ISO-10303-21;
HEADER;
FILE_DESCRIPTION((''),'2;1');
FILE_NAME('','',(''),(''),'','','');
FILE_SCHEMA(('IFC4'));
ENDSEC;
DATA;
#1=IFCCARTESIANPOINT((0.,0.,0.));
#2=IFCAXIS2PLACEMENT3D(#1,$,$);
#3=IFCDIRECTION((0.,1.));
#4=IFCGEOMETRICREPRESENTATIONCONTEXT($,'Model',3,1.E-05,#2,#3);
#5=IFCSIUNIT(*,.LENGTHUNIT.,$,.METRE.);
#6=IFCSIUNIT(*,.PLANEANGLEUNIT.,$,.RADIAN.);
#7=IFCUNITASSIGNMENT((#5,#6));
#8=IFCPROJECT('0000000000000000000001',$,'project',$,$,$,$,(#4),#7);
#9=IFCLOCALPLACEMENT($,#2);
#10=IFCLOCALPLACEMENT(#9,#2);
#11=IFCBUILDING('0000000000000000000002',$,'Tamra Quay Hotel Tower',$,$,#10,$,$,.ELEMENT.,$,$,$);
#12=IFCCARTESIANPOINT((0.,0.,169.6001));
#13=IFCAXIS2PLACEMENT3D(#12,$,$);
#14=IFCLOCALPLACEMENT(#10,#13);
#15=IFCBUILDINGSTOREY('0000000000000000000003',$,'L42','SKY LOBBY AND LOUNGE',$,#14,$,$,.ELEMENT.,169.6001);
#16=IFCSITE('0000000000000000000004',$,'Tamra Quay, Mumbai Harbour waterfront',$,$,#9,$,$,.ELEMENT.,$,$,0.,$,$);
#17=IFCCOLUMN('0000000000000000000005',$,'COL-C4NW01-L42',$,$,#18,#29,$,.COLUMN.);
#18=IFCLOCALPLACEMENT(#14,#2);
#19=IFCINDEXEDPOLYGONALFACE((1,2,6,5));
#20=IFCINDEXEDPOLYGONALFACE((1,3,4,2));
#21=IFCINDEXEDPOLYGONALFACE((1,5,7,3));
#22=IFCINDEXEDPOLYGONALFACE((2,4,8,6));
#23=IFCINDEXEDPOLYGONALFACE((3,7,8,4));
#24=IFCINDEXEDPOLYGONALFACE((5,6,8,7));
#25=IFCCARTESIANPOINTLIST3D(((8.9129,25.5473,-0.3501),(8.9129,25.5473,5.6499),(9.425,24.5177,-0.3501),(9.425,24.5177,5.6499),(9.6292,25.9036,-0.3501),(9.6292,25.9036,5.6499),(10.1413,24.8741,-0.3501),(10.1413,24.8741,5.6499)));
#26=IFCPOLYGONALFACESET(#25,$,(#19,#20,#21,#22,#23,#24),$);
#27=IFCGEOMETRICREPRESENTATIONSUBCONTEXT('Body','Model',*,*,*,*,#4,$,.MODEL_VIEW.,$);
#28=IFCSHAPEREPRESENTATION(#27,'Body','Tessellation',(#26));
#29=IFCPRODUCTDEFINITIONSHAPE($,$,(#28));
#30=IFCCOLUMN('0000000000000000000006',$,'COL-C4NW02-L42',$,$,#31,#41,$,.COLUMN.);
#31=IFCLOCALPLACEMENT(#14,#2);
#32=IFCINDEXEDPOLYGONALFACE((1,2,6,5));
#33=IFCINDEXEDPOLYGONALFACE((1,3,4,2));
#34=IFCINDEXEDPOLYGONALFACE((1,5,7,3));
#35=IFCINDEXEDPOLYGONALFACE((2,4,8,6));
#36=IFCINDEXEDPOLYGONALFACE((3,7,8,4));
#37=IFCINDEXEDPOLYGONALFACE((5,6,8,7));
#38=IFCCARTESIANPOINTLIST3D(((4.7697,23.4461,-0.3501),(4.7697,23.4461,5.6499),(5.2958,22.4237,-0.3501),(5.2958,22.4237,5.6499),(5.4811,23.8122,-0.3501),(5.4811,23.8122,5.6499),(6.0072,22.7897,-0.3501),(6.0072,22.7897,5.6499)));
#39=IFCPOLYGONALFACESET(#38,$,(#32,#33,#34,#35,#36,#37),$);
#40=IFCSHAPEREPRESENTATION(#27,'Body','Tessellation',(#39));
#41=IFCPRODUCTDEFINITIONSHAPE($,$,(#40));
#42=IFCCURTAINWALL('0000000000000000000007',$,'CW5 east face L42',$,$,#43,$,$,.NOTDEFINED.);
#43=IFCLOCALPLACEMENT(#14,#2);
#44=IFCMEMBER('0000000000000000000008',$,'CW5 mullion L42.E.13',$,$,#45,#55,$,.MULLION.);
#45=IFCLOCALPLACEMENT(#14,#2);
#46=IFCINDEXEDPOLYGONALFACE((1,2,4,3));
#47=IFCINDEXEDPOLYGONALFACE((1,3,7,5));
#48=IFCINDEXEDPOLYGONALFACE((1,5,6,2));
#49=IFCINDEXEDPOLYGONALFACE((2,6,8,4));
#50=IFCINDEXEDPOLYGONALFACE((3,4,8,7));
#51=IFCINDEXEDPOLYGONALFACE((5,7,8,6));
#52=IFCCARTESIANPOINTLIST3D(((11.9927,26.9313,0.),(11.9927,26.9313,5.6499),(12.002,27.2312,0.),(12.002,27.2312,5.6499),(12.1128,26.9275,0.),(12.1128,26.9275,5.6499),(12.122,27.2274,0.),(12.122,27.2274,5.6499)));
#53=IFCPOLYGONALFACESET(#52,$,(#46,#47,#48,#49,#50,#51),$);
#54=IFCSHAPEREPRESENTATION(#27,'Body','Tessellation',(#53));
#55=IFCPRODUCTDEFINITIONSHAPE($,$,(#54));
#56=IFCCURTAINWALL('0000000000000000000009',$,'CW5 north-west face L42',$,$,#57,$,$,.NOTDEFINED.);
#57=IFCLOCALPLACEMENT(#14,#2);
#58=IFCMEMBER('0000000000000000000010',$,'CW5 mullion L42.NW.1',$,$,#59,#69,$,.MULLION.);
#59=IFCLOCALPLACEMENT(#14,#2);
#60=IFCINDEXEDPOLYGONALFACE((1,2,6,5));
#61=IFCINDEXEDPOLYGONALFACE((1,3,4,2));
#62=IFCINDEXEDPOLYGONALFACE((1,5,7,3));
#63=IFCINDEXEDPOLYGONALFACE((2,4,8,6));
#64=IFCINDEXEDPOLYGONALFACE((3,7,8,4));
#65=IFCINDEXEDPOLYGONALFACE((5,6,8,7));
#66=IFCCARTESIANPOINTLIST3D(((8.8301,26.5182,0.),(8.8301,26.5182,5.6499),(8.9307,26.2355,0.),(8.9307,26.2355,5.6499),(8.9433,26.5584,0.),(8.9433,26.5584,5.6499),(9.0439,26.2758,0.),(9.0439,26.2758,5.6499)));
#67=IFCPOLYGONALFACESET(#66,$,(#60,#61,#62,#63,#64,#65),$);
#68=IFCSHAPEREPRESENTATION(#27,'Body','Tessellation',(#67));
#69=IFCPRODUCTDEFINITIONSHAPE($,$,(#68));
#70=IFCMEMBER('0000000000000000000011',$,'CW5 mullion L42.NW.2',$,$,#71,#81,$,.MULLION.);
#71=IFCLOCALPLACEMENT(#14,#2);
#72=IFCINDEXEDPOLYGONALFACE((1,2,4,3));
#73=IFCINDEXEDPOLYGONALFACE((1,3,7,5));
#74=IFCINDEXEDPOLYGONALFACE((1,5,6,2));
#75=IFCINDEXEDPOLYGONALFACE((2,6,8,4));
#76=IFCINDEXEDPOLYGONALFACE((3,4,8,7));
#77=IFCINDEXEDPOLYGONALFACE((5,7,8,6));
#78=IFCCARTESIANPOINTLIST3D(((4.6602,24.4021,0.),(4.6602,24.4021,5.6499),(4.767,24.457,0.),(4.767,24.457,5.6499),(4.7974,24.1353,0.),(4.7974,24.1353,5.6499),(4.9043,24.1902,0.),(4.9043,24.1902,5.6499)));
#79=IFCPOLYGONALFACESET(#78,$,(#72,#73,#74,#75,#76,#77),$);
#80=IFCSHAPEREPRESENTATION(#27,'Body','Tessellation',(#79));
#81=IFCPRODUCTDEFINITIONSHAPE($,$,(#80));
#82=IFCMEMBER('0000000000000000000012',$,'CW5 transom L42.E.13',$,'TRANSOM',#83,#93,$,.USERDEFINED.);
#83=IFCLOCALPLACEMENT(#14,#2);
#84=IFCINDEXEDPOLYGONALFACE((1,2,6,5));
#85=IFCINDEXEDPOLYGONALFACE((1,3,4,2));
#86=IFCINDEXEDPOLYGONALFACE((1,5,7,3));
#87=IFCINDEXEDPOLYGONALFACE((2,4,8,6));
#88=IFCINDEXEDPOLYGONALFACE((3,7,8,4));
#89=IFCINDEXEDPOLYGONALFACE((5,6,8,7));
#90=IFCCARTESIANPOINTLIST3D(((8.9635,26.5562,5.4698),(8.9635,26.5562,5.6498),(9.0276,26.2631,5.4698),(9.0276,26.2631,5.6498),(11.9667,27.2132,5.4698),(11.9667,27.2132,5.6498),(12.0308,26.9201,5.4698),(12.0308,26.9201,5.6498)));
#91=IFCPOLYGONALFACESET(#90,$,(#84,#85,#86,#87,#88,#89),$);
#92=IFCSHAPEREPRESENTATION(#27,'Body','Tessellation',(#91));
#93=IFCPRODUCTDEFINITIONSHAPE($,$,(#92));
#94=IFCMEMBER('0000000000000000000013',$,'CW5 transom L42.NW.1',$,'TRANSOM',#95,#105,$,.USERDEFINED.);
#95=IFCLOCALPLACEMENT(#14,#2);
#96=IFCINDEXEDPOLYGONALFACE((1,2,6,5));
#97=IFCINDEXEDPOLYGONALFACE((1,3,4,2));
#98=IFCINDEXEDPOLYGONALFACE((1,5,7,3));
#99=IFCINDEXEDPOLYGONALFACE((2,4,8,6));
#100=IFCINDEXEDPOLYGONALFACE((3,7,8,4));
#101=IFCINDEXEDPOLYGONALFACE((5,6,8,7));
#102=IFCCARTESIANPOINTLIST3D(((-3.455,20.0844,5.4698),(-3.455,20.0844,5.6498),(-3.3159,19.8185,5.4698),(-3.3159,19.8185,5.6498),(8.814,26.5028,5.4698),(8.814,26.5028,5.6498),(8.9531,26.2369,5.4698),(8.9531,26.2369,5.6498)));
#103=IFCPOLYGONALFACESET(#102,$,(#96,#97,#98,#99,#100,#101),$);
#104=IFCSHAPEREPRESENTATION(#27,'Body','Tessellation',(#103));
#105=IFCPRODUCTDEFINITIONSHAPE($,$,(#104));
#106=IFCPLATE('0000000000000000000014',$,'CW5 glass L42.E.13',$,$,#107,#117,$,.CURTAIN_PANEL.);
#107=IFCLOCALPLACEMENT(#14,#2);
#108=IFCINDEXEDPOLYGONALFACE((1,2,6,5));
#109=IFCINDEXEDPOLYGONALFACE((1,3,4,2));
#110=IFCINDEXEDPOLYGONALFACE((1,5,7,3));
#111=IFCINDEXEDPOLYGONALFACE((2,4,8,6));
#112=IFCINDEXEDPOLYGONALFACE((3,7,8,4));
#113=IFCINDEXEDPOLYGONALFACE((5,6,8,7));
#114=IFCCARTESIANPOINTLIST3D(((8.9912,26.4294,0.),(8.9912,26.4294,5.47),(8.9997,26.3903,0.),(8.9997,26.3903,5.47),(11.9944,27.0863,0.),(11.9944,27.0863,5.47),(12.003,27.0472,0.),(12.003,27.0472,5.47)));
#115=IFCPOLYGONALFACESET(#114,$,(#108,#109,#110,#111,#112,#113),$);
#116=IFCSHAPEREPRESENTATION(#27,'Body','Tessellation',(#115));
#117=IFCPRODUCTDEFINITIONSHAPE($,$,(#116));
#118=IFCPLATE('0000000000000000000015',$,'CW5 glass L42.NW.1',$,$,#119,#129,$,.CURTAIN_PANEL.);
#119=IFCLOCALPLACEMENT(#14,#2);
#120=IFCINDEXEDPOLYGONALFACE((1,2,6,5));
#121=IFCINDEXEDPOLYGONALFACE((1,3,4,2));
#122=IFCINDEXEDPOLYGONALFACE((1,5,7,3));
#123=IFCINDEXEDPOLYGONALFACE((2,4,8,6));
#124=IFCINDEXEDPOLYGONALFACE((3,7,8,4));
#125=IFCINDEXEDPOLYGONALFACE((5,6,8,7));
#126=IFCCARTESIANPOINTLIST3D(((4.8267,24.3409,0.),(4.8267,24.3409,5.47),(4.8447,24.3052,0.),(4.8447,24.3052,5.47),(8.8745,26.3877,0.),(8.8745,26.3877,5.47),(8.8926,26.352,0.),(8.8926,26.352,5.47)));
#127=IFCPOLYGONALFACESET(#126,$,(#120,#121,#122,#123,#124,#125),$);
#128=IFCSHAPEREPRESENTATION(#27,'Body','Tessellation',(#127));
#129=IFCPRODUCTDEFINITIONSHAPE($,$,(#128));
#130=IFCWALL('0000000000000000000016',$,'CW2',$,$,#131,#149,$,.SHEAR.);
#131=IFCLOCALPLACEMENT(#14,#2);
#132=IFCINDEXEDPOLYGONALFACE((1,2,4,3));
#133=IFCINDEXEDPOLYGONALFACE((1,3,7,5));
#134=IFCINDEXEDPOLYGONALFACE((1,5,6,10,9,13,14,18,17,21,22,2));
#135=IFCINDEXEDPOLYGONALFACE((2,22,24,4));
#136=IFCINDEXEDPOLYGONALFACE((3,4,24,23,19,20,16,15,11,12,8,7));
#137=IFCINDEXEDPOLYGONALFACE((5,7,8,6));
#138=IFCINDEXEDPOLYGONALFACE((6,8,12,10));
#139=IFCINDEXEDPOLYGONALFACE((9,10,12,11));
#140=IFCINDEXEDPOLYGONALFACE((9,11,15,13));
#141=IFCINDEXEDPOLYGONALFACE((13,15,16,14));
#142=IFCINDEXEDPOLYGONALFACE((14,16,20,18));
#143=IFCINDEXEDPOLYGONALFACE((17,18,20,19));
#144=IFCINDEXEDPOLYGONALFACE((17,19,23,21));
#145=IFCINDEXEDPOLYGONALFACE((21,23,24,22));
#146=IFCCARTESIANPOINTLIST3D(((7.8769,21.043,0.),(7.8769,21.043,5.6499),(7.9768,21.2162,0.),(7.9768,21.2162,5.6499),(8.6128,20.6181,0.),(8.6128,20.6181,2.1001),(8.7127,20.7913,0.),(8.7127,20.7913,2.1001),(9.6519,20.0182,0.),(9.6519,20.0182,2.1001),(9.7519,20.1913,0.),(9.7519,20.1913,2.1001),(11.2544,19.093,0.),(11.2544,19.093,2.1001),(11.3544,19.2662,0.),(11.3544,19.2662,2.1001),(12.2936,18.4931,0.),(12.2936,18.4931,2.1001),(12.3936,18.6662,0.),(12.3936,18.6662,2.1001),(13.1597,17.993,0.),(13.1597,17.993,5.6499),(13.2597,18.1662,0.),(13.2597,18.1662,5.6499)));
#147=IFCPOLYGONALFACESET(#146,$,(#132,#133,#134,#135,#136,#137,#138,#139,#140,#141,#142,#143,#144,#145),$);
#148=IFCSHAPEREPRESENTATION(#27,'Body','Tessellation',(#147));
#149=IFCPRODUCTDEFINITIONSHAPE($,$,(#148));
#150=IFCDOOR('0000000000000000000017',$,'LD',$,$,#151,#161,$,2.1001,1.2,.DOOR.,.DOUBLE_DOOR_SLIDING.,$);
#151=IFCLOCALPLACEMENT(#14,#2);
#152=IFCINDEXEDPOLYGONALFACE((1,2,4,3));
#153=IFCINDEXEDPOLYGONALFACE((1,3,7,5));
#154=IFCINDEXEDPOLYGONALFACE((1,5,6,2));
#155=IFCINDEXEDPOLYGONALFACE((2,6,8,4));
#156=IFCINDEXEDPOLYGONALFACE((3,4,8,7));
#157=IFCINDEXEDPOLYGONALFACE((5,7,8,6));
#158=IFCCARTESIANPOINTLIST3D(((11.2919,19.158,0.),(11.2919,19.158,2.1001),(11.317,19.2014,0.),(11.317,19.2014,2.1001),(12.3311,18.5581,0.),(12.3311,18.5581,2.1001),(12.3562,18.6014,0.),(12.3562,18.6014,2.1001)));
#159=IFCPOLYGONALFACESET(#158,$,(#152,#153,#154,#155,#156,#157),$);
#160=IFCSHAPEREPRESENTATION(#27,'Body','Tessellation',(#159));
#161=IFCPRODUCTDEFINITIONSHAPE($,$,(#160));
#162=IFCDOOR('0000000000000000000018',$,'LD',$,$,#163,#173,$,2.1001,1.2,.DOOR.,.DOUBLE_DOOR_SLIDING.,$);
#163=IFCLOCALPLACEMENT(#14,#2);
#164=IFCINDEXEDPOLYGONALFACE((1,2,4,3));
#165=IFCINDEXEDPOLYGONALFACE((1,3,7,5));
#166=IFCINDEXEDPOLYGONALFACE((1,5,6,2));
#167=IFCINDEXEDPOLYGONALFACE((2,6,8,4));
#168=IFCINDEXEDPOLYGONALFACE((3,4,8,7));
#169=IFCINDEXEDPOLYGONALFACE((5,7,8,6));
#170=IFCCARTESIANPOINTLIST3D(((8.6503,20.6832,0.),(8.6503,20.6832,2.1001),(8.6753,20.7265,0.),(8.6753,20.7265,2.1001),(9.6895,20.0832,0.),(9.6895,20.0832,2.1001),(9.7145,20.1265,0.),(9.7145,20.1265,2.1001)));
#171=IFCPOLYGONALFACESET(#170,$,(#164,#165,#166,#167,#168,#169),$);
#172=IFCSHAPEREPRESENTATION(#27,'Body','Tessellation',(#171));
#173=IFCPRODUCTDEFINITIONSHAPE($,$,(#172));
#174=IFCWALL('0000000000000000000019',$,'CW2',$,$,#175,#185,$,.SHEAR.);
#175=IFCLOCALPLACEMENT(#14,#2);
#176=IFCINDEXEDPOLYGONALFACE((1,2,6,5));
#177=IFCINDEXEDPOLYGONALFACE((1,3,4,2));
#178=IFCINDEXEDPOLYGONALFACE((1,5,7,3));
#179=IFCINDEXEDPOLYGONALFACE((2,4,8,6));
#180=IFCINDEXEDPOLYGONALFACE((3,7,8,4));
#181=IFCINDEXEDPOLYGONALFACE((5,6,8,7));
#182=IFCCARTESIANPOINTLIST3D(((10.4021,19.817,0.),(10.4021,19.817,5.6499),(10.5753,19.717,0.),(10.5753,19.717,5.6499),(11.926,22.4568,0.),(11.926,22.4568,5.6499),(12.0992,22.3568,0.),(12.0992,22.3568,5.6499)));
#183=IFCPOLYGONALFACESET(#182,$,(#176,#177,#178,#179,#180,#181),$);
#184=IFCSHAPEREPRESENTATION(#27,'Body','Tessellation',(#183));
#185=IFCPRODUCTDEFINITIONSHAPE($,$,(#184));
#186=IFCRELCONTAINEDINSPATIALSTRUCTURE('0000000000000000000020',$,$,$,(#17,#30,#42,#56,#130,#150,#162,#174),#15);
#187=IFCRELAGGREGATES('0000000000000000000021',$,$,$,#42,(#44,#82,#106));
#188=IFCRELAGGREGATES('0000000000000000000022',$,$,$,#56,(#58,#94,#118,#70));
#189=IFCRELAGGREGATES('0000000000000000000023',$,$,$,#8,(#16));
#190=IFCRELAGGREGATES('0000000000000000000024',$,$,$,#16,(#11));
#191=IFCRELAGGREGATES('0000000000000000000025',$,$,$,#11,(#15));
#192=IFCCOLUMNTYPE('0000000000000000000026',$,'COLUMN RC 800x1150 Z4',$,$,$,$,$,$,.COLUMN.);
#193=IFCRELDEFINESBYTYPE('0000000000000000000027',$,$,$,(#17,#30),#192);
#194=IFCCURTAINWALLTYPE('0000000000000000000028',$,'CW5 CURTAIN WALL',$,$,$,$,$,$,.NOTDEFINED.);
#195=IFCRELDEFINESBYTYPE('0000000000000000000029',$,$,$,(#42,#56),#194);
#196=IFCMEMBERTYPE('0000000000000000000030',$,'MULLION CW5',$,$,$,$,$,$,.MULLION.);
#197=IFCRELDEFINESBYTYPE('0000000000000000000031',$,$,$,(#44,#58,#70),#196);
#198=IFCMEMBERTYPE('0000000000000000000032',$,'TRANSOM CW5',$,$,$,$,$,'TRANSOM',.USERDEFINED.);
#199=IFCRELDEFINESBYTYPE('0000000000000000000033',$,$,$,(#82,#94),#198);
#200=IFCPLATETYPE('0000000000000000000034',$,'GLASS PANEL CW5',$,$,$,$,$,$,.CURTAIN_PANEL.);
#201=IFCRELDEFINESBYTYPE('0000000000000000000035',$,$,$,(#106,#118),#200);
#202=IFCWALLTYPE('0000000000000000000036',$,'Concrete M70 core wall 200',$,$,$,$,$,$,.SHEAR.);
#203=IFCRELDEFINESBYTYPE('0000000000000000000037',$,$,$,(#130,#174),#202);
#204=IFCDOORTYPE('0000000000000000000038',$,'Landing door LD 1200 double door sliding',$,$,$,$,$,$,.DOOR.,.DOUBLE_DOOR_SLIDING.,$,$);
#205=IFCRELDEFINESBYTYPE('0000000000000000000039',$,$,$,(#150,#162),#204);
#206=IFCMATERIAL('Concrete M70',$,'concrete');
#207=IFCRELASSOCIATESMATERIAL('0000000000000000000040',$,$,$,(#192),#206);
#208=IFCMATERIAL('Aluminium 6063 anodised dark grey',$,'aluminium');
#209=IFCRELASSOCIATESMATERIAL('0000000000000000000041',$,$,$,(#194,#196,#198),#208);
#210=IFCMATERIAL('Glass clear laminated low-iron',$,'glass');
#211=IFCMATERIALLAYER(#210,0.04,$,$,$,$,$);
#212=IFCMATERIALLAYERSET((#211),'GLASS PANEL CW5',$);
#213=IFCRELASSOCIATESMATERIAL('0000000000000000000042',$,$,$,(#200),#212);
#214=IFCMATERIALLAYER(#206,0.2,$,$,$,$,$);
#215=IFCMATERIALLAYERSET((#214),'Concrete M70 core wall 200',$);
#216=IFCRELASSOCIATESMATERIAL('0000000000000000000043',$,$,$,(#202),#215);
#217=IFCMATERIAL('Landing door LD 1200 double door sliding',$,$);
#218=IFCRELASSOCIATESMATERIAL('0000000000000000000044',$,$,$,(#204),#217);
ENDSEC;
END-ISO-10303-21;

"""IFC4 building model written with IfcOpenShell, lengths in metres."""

from ifc_helpers import new_model, si_unit, direction, frame, frame_2d, origin, origin_2d, place, context, subcontext, project, spatial, rectangle, extrude, material, layer, layer_set, material_profile, profile_set, type_object, element, fill, aggregate, save


model = new_model("IFC4")

# Units and contexts
model_context = context("Model", 3, precision=1e-05, world=origin(), true_north=direction((0.0, 1.0)))
body_context = subcontext(model_context, "Body", "Model", "MODEL_VIEW")
ifc_project = project(units=[si_unit("LENGTHUNIT", "METRE"), si_unit("PLANEANGLEUNIT", "RADIAN")], contexts=[model_context])

# Site, building, storey
site_placement = place(None, origin())
site = spatial("IfcSite", under=ifc_project, at=site_placement, Name="Tamra Quay, Mumbai Harbour waterfront", CompositionType="ELEMENT", RefElevation=0.0)
building_placement = place(site_placement, origin())
building = spatial("IfcBuilding", under=site, at=building_placement, Name="Tamra Quay Hotel Tower", CompositionType="ELEMENT")
storey_placement = place(building_placement, frame((0.0, 0.0, 169.6001)))
storey = spatial("IfcBuildingStorey", under=building, at=storey_placement, Name="L42", Description="SKY LOBBY AND LOUNGE", CompositionType="ELEMENT", Elevation=169.6001)

# Columns
ifc_material_1 = material(Name="Concrete M70", Category="concrete")
ifc_material_profile_1 = material_profile(ifc_material_1, rectangle(XDim=1.1499, YDim=0.8, at=origin_2d()), Name="COLUMN RC 800x1150 Z4")
ifc_profile_set_1 = profile_set([ifc_material_profile_1], Name="Concrete M70")
column_type = type_object("IfcColumnType", Name="COLUMN RC 800x1150 Z4", PredefinedType="COLUMN", material=ifc_profile_set_1)
for number, where, z_axis, x_axis, name in (
    (1, (9.5271, 25.2107, -0.3501), (0.0, 0.0, 1.0), (-0.445415, 0.895324, 0.0), "COL-C4NW01-L42"),
    (2, (5.3884, 23.1179, -0.3501), (0.0, 0.0, 1.0), (-0.457548, 0.889185, 0.0), "COL-C4NW02-L42"),
):
    element("IfcColumn", number, at=place(storey_placement, frame(where, z_axis=z_axis, x_axis=x_axis)), inside=storey, type_object=column_type, Name=name, PredefinedType="COLUMN", context=body_context, shape_type="SweptSolid", body=[
        extrude(rectangle(XDim=1.1499, YDim=0.8, at=origin_2d()), origin(), (0.0, 0.0, 1.0), 6.0),
    ])

# Curtain wall, member
ifc_material_2 = material(Name="Aluminium 6063 anodised dark grey", Category="aluminium")
curtain_wall_type = type_object("IfcCurtainWallType", Name="CW5 CURTAIN WALL", PredefinedType="NOTDEFINED", material=ifc_material_2)
curtain_wall_1_placement = place(storey_placement, origin())
curtain_wall_1 = element("IfcCurtainWall", 3, at=curtain_wall_1_placement, inside=storey, type_object=curtain_wall_type, Name="CW5 east face L42", PredefinedType="NOTDEFINED")
ifc_material_profile_2 = material_profile(ifc_material_2, rectangle(XDim=0.3, YDim=0.1201, at=origin_2d()), Name="MULLION 120X300")
ifc_profile_set_2 = profile_set([ifc_material_profile_2], Name="Aluminium 6063 anodised dark grey")
member_type_1 = type_object("IfcMemberType", Name="MULLION CW5", PredefinedType="MULLION", material=ifc_profile_set_2)
member_1_placement = place(storey_placement, frame((12.0574, 27.0793, 0.0), z_axis=(0.0, 0.0, 1.0), x_axis=(0.030975, 0.99952, 0.0)))
member_1 = element("IfcMember", 4, at=member_1_placement, type_object=member_type_1, Name="CW5 mullion L42.E.13", PredefinedType="MULLION", context=body_context, shape_type="SweptSolid", body=[
    extrude(rectangle(XDim=0.3, YDim=0.1201, at=origin_2d()), origin(), (0.0, 0.0, 1.0), 5.6499),
])

# Curtain wall, members
curtain_wall_2_placement = place(storey_placement, origin())
curtain_wall_2 = element("IfcCurtainWall", 5, at=curtain_wall_2_placement, inside=storey, type_object=curtain_wall_type, Name="CW5 north-west face L42", PredefinedType="NOTDEFINED")
member_2_placement = place(storey_placement, frame((8.937, 26.397, 0.0), z_axis=(0.0, 0.0, 1.0), x_axis=(-0.335128, 0.942173, 0.0)))
member_2 = element("IfcMember", 6, at=member_2_placement, type_object=member_type_1, Name="CW5 mullion L42.NW.1", PredefinedType="MULLION", context=body_context, shape_type="SweptSolid", body=[
    extrude(rectangle(XDim=0.3, YDim=0.1201, at=origin_2d()), origin(), (0.0, 0.0, 1.0), 5.6499),
])
member_3_placement = place(storey_placement, frame((4.7822, 24.2961, 0.0), z_axis=(0.0, 0.0, 1.0), x_axis=(-0.457401, 0.889261, 0.0)))
member_3 = element("IfcMember", 7, at=member_3_placement, type_object=member_type_1, Name="CW5 mullion L42.NW.2", PredefinedType="MULLION", context=body_context, shape_type="SweptSolid", body=[
    extrude(rectangle(XDim=0.3, YDim=0.1201, at=origin_2d()), origin(), (0.0, 0.0, 1.0), 5.6499),
])

# Members
ifc_material_profile_3 = material_profile(ifc_material_2, rectangle(XDim=0.3, YDim=0.1799, at=origin_2d()), Name="TRANSOM 300X180")
ifc_profile_set_3 = profile_set([ifc_material_profile_3], Name="Aluminium 6063 anodised dark grey")
member_type_2 = type_object("IfcMemberType", Name="TRANSOM CW5", ElementType="TRANSOM", PredefinedType="USERDEFINED", material=ifc_profile_set_3)
member_4_placement = place(storey_placement, frame((11.9988, 27.0667, 5.5598), z_axis=(-0.976897, -0.213709, 0.0), x_axis=(0.213709, -0.976897, 0.0)))
member_4 = element("IfcMember", 8, at=member_4_placement, type_object=member_type_2, Name="CW5 transom L42.E.13", ObjectType="TRANSOM", PredefinedType="USERDEFINED", context=body_context, shape_type="SweptSolid", body=[
    extrude(rectangle(XDim=0.3, YDim=0.1799, at=origin_2d()), origin(), (0.0, 0.0, 1.0), 3.0742),
])
member_5_placement = place(storey_placement, frame((8.8835, 26.3699, 5.5598), z_axis=(-0.886074, -0.463543, 0.0), x_axis=(0.463543, -0.886074, 0.0)))
member_5 = element("IfcMember", 9, at=member_5_placement, type_object=member_type_2, Name="CW5 transom L42.NW.1", ObjectType="TRANSOM", PredefinedType="USERDEFINED", context=body_context, shape_type="SweptSolid", body=[
    extrude(rectangle(XDim=0.3, YDim=0.1799, at=origin_2d()), origin(), (0.0, 0.0, 1.0), 13.8464),
])

# Plates
ifc_material_3 = material(Name="Glass clear laminated low-iron", Category="glass")
ifc_layer_1 = layer(ifc_material_3, 0.04)
ifc_layer_set_1 = layer_set([ifc_layer_1], Name="GLASS PANEL CW5")
plate_type = type_object("IfcPlateType", Name="GLASS PANEL CW5", PredefinedType="CURTAIN_PANEL", material=ifc_layer_set_1)
plate_1_placement = place(storey_placement, frame((10.4971, 26.7383, 0.0), z_axis=(0.0, 0.0, 1.0), x_axis=(-0.976906, -0.213669, 0.0)))
plate_1 = element("IfcPlate", 10, at=plate_1_placement, type_object=plate_type, Name="CW5 glass L42.E.13", PredefinedType="CURTAIN_PANEL", context=body_context, shape_type="SweptSolid", body=[
    extrude(rectangle(XDim=3.0742, YDim=0.04, at=origin_2d()), origin(), (0.0, 0.0, 1.0), 5.47),
])
aggregate(curtain_wall_1, [member_1, member_4, plate_1])
plate_2_placement = place(storey_placement, frame((6.8596, 25.3464, 0.0), z_axis=(0.0, 0.0, 1.0), x_axis=(-0.892403, -0.451239, 0.0)))
plate_2 = element("IfcPlate", 11, at=plate_2_placement, type_object=plate_type, Name="CW5 glass L42.NW.1", PredefinedType="CURTAIN_PANEL", context=body_context, shape_type="SweptSolid", body=[
    extrude(rectangle(XDim=4.5359, YDim=0.04, at=origin_2d()), origin(), (0.0, 0.0, 1.0), 5.47),
])
aggregate(curtain_wall_2, [member_2, member_5, plate_2, member_3])

# Wall, openings, doors
ifc_layer_2 = layer(ifc_material_1, 0.2)
ifc_layer_set_2 = layer_set([ifc_layer_2], Name="Concrete M70 core wall 200")
wall_type_1 = type_object("IfcWallType", Name="Concrete M70 core wall 200", PredefinedType="SHEAR", material=ifc_layer_set_2)
wall_1_placement = place(storey_placement, frame((13.2097, 18.0796, 0.0), z_axis=(0.0, 0.0, 1.0), x_axis=(-0.86603, 0.499992, 0.0)))
wall_1 = element("IfcWall", 12, at=wall_1_placement, inside=storey, type_object=wall_type_1, Name="CW2", PredefinedType="SHEAR", context=body_context, shape_type="SweptSolid", body=[
    extrude(rectangle(XDim=6.1001, YDim=0.2, at=frame_2d((3.05, 0.0))), origin(), (0.0, 0.0, 1.0), 5.6499),
])
opening_1_placement = place(wall_1_placement, frame((1.0, 0.0, 0.0)))
opening_1 = element("IfcOpeningElement", 13, at=opening_1_placement, cuts=wall_1, PredefinedType="OPENING", context=body_context, shape_type="SweptSolid", body=[
    extrude(rectangle(XDim=1.2, YDim=2.1001, at=frame_2d((0.6001, 1.05))), frame((0.0, 0.1099, 0.0), z_axis=(0.0, -1.0, 0.0), x_axis=(1.0, 0.0, 0.0)), (0.0, 0.0, 1.0), 0.22),
])
opening_2_placement = place(wall_1_placement, frame((4.0503, 0.0, 0.0)))
opening_2 = element("IfcOpeningElement", 14, at=opening_2_placement, cuts=wall_1, PredefinedType="OPENING", context=body_context, shape_type="SweptSolid", body=[
    extrude(rectangle(XDim=1.2, YDim=2.1001, at=frame_2d((0.6001, 1.05))), frame((0.0, 0.1099, 0.0), z_axis=(0.0, -1.0, 0.0), x_axis=(1.0, 0.0, 0.0)), (0.0, 0.0, 1.0), 0.22),
])
ifc_material_4 = material(Name="Landing door LD 1200 double door sliding")
door_type = type_object("IfcDoorType", Name="Landing door LD 1200 double door sliding", OperationType="DOUBLE_DOOR_SLIDING", PredefinedType="DOOR", material=ifc_material_4)
door_1_placement = place(opening_1_placement, origin())
door_1 = element("IfcDoor", 15, at=door_1_placement, inside=storey, type_object=door_type, Name="LD", OperationType="DOUBLE_DOOR_SLIDING", OverallHeight=2.1001, OverallWidth=1.2, PredefinedType="DOOR", context=body_context, shape_type="SweptSolid", body=[
    extrude(rectangle(XDim=1.2, YDim=2.1001, at=frame_2d((0.6001, 1.05))), frame((0.0, 0.0249, 0.0), z_axis=(0.0, -1.0, 0.0), x_axis=(1.0, 0.0, 0.0)), (0.0, 0.0, 1.0), 0.05),
])
fill(opening_1, door_1)
door_2_placement = place(opening_2_placement, origin())
door_2 = element("IfcDoor", 16, at=door_2_placement, inside=storey, type_object=door_type, Name="LD", OperationType="DOUBLE_DOOR_SLIDING", OverallHeight=2.1001, OverallWidth=1.2, PredefinedType="DOOR", context=body_context, shape_type="SweptSolid", body=[
    extrude(rectangle(XDim=1.2, YDim=2.1001, at=frame_2d((0.6001, 1.05))), frame((0.0, 0.0249, 0.0), z_axis=(0.0, -1.0, 0.0), x_axis=(1.0, 0.0, 0.0)), (0.0, 0.0, 1.0), 0.05),
])
fill(opening_2, door_2)

# Wall
wall_2_placement = place(storey_placement, frame((10.4888, 19.7671, 0.0), z_axis=(0.0, 0.0, 1.0), x_axis=(0.499947, 0.866056, 0.0)))
element("IfcWall", 17, at=wall_2_placement, inside=storey, type_object=wall_type_1, Name="CW2", PredefinedType="SHEAR", context=body_context, shape_type="SweptSolid", body=[
    extrude(rectangle(XDim=3.0481, YDim=0.2, at=frame_2d((1.5239, 0.0))), origin(), (0.0, 0.0, 1.0), 5.6499),
])

save(model, "model.ifc")
